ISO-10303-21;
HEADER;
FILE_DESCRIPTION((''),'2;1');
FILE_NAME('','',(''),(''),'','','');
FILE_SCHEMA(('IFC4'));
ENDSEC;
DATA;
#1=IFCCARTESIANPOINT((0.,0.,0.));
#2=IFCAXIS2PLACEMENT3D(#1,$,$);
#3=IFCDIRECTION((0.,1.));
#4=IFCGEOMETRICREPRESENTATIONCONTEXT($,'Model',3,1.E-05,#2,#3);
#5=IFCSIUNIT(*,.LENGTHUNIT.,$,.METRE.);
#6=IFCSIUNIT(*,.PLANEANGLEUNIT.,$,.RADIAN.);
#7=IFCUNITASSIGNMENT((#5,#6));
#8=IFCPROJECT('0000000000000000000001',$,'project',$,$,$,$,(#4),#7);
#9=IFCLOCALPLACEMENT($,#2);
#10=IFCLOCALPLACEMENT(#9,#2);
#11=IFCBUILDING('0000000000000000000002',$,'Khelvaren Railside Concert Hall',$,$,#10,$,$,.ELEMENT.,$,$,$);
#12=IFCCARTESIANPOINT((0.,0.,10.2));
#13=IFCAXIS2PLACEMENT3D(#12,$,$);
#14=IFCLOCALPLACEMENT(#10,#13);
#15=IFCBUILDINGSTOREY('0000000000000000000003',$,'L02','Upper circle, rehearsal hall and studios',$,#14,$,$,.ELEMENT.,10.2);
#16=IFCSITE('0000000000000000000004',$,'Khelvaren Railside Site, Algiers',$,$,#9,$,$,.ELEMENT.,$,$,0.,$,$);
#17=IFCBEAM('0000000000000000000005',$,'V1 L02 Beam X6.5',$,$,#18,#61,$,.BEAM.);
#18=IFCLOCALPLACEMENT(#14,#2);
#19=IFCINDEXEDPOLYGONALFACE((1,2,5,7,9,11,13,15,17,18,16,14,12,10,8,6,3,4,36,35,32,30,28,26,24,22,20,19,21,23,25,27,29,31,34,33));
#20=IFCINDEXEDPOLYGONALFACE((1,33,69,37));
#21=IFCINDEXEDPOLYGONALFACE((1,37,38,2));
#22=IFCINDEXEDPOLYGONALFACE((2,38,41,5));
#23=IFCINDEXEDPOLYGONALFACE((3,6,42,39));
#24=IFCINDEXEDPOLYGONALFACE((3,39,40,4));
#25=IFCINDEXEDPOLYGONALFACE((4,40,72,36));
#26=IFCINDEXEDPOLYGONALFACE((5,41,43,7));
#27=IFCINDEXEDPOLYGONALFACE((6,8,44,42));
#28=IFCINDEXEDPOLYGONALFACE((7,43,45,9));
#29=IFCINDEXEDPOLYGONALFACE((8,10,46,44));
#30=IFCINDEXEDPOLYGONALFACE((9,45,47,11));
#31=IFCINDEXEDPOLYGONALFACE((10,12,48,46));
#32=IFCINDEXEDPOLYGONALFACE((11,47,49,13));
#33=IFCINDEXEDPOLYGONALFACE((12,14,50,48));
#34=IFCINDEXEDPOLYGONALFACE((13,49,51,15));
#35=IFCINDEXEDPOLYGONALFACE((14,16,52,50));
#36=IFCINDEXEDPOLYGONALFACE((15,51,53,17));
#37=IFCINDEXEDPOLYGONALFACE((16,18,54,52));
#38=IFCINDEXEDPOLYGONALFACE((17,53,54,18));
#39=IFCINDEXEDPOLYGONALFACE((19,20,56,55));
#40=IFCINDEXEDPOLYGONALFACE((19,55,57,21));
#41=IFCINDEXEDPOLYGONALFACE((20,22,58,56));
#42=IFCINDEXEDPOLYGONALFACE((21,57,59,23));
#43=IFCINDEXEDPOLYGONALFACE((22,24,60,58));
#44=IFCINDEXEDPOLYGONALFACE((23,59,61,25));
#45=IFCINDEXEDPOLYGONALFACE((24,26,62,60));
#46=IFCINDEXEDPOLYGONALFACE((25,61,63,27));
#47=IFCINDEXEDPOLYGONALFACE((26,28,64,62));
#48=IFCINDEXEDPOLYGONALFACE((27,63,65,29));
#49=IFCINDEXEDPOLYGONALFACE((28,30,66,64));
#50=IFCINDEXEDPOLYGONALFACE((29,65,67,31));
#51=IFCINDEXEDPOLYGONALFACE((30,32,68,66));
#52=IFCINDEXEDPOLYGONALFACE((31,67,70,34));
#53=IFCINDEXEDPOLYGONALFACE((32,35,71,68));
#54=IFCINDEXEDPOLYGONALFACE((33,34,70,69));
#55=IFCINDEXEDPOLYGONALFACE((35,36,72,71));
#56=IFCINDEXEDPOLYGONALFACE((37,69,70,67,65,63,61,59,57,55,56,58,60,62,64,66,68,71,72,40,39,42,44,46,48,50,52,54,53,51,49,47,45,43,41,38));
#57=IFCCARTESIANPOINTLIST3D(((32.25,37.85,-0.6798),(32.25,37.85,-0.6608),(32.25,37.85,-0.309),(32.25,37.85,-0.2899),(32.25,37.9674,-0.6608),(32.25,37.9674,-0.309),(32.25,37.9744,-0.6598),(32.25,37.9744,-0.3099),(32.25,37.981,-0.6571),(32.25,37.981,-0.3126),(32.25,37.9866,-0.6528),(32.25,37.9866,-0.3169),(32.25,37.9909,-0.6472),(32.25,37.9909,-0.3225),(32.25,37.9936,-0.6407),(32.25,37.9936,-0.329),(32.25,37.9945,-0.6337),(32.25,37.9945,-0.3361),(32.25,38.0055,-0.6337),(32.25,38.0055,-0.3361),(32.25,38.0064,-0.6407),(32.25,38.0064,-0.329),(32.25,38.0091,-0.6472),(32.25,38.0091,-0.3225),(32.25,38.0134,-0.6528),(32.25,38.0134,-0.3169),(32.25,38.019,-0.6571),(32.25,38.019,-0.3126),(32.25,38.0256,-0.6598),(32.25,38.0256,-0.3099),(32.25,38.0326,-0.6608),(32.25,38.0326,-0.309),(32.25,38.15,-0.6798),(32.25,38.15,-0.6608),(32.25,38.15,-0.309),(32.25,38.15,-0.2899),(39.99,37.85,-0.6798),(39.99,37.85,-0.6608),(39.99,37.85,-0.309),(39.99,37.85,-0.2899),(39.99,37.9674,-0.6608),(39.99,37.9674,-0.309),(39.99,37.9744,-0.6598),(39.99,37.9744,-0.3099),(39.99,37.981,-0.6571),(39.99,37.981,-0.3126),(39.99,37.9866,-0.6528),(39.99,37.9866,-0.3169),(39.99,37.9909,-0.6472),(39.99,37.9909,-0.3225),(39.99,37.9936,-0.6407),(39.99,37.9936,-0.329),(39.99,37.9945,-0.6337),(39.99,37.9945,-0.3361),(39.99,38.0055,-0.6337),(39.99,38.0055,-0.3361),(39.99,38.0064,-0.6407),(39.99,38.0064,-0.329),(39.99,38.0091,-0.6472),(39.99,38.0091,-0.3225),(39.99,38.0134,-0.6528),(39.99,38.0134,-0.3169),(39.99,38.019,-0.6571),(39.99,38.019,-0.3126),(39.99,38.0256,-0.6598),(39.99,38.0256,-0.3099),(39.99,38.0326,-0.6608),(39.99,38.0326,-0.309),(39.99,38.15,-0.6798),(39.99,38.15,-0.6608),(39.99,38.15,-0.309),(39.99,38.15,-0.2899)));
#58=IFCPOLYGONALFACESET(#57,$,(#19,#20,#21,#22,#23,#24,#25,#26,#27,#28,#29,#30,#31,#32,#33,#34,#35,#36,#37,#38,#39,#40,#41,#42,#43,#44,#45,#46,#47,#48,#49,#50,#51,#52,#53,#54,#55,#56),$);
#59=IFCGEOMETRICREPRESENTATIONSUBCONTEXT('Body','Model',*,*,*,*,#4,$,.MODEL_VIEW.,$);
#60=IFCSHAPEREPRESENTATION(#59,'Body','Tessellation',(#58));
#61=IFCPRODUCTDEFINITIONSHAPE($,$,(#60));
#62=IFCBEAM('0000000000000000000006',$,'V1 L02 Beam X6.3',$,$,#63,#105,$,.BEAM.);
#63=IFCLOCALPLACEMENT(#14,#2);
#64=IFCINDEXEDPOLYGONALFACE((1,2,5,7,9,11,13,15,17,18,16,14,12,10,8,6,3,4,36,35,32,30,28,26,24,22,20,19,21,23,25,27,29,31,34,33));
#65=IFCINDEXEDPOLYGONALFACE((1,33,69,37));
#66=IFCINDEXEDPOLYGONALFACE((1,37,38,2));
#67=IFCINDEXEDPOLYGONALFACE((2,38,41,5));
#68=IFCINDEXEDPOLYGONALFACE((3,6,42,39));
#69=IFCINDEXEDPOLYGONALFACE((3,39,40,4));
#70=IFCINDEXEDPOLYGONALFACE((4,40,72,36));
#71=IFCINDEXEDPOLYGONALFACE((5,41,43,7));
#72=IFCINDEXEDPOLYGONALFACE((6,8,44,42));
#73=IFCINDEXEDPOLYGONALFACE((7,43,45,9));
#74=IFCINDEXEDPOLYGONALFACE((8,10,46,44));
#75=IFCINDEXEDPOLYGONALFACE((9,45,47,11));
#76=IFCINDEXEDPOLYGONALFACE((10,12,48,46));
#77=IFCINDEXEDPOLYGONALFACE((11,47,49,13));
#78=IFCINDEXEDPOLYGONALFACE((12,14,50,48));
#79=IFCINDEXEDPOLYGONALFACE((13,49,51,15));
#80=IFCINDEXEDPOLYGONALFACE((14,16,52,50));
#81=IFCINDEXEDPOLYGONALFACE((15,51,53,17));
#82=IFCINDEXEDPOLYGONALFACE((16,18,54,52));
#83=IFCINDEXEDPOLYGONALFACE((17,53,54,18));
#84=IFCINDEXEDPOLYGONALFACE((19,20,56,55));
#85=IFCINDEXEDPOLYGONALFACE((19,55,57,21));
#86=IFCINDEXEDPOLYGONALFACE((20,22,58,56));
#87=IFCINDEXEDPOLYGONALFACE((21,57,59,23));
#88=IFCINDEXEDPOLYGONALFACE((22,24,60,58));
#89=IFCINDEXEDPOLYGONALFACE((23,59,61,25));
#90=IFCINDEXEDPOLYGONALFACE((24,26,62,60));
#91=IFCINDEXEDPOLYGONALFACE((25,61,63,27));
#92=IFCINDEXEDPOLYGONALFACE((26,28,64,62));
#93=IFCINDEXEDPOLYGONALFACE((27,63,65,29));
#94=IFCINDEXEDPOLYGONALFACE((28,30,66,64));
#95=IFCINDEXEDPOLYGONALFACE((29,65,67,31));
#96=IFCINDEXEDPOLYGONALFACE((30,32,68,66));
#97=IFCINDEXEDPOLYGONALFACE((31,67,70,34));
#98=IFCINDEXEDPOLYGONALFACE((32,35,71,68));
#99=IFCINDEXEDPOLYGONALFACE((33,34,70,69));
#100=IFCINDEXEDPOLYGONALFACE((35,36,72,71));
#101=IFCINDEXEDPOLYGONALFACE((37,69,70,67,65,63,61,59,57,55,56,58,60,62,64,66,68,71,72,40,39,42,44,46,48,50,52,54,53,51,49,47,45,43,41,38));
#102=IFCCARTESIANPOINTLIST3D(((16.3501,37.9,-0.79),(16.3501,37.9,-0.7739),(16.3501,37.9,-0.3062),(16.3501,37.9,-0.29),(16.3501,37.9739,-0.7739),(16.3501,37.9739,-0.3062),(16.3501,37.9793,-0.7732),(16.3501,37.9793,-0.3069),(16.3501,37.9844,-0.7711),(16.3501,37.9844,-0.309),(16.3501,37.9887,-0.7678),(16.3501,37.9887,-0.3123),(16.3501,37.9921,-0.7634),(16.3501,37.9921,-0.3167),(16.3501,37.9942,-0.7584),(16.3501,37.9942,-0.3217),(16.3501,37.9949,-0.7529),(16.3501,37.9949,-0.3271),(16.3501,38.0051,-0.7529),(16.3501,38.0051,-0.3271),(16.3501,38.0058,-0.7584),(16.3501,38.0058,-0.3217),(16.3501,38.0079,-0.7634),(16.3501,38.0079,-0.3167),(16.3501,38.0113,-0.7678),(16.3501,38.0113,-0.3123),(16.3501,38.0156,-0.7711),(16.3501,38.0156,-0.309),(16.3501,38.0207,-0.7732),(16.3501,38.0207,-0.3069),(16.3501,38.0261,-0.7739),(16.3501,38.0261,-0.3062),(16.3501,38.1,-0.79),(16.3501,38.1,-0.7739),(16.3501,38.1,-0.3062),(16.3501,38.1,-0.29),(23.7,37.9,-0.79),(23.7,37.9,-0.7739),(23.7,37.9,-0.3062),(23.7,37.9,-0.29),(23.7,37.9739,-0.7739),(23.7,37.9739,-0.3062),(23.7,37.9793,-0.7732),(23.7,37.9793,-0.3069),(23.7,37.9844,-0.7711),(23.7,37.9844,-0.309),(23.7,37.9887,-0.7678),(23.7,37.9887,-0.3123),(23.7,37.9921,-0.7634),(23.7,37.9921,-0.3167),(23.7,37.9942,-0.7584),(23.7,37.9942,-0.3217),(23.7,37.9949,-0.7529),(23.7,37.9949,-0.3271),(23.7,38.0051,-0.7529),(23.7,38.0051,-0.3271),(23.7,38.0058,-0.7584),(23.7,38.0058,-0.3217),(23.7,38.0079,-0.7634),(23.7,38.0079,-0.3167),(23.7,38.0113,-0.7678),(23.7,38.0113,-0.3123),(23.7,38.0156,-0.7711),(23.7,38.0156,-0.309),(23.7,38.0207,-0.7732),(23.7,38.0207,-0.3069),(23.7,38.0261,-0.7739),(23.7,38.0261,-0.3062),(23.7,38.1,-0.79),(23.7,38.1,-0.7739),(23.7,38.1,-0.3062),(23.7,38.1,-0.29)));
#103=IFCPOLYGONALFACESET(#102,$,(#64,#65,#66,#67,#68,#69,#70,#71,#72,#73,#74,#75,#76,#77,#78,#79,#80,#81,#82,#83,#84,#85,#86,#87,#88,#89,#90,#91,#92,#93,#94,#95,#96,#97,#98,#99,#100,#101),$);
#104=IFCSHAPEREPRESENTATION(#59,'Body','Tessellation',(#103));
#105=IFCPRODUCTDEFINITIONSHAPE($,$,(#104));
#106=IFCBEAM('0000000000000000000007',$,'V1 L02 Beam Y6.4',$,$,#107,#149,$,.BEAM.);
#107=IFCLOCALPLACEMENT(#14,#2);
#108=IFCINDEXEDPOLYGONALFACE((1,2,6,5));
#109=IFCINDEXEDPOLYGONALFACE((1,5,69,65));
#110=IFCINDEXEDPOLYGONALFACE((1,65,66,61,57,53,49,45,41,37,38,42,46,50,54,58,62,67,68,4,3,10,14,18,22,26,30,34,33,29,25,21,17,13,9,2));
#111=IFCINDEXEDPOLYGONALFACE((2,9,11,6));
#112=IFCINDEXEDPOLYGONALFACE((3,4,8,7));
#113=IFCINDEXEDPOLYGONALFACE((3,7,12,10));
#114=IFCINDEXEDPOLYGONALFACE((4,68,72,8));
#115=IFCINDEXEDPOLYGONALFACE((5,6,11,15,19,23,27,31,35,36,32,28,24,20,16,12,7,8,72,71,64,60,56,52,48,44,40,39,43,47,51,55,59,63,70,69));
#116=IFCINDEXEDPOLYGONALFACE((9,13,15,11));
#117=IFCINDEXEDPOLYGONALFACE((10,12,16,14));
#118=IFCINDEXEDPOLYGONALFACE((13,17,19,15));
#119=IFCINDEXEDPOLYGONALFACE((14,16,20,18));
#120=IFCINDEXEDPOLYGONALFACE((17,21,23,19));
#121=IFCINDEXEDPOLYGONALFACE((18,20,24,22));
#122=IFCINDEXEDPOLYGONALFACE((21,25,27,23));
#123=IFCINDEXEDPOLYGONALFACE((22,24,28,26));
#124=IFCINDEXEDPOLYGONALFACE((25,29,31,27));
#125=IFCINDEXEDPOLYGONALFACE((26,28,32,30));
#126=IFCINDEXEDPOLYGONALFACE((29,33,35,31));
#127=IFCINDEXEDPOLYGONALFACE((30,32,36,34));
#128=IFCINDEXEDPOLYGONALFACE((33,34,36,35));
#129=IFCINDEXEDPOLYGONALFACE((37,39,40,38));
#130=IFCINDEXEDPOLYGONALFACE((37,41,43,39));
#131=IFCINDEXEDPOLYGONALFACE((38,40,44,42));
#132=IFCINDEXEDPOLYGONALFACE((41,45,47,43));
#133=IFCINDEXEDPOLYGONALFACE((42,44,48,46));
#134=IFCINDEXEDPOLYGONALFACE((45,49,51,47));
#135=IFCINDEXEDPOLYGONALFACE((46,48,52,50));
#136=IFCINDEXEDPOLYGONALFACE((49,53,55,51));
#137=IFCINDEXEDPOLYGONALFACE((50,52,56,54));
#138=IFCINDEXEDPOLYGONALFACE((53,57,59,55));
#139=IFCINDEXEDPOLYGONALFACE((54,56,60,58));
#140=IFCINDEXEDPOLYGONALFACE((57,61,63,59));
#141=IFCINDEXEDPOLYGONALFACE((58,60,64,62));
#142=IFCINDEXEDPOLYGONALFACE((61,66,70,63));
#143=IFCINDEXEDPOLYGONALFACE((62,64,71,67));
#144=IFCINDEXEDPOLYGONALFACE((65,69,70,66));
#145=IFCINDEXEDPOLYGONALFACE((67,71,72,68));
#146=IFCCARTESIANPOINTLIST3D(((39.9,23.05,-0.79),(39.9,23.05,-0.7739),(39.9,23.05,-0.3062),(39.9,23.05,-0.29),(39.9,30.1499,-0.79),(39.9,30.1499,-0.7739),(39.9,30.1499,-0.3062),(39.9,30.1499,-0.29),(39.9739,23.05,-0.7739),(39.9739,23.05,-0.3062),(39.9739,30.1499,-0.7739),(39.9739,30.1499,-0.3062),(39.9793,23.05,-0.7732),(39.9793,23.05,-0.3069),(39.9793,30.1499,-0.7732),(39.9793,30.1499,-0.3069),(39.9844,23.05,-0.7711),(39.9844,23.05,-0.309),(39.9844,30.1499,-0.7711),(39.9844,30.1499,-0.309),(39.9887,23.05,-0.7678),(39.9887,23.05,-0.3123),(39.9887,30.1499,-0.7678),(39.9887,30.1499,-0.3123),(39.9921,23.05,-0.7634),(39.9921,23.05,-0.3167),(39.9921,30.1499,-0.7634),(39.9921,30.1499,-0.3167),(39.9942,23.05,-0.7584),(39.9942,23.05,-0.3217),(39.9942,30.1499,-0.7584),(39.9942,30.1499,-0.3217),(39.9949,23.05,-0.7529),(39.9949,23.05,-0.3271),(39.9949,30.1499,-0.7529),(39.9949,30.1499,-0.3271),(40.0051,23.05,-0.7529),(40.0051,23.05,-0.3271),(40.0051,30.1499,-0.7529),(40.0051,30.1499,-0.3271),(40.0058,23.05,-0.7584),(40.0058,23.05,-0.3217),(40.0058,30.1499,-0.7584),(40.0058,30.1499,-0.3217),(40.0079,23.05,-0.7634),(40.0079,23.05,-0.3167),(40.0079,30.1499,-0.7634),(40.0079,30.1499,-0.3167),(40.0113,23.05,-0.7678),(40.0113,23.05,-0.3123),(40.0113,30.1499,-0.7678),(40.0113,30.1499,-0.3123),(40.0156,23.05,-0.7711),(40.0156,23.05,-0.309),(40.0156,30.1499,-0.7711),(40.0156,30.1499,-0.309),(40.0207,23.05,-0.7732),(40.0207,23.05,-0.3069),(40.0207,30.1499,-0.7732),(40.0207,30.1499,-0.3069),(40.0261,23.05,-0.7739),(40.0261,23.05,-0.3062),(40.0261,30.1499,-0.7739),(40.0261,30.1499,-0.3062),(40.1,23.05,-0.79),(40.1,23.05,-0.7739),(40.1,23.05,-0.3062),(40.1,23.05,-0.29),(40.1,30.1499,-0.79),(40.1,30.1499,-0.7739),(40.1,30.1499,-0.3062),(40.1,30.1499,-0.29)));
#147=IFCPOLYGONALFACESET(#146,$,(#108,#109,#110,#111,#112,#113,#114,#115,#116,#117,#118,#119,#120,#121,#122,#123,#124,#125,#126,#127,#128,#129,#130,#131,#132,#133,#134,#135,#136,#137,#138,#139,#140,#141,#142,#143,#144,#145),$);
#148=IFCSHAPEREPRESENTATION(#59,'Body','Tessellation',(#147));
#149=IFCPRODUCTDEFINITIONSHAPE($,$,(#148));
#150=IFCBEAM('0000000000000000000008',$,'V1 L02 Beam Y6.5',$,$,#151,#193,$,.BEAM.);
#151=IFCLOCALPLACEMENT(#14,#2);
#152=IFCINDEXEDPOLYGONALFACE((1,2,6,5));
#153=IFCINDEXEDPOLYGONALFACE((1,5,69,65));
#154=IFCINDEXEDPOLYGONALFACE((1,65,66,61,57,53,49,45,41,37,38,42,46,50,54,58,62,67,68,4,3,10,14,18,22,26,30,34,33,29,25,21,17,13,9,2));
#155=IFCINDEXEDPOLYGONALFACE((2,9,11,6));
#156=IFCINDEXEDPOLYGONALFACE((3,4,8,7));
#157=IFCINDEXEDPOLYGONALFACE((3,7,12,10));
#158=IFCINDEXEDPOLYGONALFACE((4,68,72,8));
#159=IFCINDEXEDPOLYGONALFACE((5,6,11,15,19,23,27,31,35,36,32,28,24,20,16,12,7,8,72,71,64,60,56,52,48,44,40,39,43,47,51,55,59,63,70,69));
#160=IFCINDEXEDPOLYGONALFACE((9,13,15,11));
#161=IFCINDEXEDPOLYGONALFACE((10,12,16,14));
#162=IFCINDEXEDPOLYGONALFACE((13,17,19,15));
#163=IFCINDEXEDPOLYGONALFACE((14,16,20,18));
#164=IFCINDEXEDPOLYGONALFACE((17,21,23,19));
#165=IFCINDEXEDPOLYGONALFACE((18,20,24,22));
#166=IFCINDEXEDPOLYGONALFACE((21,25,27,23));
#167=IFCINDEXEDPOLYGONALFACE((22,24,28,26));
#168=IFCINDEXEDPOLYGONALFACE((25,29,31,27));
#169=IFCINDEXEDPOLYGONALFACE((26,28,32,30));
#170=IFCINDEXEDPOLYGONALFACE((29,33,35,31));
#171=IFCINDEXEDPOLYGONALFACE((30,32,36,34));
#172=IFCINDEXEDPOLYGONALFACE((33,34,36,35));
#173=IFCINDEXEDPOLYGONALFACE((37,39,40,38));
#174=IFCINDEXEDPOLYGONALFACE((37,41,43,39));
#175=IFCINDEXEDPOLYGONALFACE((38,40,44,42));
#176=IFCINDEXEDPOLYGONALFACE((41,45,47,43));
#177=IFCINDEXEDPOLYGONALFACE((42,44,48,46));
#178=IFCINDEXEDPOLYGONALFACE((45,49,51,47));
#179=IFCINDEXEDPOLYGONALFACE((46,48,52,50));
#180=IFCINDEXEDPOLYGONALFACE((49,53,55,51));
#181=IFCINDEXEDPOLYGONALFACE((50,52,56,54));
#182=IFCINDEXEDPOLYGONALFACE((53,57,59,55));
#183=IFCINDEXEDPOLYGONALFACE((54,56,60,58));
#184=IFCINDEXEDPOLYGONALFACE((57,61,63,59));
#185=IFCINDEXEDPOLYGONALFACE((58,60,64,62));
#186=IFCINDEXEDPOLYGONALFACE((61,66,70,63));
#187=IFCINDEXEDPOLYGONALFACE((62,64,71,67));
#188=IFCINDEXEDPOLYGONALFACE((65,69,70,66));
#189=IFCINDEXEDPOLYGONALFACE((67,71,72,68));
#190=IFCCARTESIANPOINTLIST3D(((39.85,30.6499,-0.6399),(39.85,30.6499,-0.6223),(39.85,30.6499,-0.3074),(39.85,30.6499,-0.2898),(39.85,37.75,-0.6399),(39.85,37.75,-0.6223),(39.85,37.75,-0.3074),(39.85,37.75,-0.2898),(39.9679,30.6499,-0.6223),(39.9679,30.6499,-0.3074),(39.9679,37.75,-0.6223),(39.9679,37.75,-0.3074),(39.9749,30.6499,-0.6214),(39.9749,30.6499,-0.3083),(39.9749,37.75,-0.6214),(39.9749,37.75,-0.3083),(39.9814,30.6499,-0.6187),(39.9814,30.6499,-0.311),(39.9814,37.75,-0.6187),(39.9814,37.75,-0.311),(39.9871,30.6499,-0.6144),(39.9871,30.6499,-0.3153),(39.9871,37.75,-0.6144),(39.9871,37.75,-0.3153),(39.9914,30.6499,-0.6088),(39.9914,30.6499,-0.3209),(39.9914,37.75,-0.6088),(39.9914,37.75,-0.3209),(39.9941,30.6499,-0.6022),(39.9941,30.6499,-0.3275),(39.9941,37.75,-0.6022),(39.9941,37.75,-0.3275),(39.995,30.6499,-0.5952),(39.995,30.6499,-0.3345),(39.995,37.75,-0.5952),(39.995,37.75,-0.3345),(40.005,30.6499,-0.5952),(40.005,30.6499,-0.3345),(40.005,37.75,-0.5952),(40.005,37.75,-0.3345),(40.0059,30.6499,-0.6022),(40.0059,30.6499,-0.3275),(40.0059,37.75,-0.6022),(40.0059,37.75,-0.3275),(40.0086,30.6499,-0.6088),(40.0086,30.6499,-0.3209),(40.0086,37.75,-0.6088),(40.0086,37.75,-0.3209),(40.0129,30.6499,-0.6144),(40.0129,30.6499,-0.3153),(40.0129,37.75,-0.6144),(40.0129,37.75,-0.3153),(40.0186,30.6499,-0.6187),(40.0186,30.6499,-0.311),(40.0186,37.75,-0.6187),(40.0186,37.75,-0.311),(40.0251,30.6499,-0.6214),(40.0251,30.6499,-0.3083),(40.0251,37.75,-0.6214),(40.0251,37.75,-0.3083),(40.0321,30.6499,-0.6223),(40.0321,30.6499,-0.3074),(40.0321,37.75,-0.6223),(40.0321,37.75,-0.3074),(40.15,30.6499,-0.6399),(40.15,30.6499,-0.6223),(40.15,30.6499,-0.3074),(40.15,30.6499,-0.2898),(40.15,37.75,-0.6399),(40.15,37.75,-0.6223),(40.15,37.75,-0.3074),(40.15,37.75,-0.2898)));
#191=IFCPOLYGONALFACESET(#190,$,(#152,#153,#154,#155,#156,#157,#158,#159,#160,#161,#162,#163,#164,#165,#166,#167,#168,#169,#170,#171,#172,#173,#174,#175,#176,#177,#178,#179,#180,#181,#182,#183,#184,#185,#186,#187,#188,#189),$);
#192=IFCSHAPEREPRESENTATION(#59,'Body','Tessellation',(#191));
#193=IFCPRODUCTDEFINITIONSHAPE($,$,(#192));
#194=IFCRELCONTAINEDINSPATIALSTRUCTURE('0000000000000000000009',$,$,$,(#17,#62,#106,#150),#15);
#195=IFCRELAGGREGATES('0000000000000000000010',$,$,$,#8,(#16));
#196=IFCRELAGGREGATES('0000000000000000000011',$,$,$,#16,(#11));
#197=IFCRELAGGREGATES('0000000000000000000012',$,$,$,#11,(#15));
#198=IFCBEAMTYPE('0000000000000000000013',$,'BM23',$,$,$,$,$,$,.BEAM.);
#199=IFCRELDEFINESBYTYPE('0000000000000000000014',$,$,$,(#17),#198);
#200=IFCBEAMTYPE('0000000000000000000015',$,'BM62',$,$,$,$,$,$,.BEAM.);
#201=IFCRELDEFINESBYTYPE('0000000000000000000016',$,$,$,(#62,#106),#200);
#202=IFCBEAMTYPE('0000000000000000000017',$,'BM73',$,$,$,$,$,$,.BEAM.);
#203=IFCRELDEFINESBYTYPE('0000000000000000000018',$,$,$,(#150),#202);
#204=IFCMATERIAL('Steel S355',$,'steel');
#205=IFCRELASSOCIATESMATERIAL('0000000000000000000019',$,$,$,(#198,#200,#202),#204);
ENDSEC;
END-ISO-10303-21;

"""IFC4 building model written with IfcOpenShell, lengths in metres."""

from ifc_helpers import new_model, si_unit, direction, frame, origin, origin_2d, place, context, subcontext, project, spatial, i_section, extrude, material, material_profile, profile_set, type_object, element, save


model = new_model("IFC4")

# Units and contexts
model_context = context("Model", 3, precision=1e-05, world=origin(), true_north=direction((0.0, 1.0)))
body_context = subcontext(model_context, "Body", "Model", "MODEL_VIEW")
ifc_project = project(units=[si_unit("LENGTHUNIT", "METRE"), si_unit("PLANEANGLEUNIT", "RADIAN")], contexts=[model_context])

# Site, building, storey
site_placement = place(None, origin())
site = spatial("IfcSite", under=ifc_project, at=site_placement, Name="Khelvaren Railside Site, Algiers", CompositionType="ELEMENT", RefElevation=0.0)
building_placement = place(site_placement, origin())
building = spatial("IfcBuilding", under=site, at=building_placement, Name="Khelvaren Railside Concert Hall", CompositionType="ELEMENT")
storey_placement = place(building_placement, frame((0.0, 0.0, 10.2)))
storey = spatial("IfcBuildingStorey", under=building, at=storey_placement, Name="L02", Description="Upper circle, rehearsal hall and studios", CompositionType="ELEMENT", Elevation=10.2)

# Shared definitions
ifc_material_1 = material(Name="Steel S355", Category="steel")

# Beams
ifc_material_profile_1 = material_profile(ifc_material_1, i_section(OverallWidth=0.3, OverallDepth=0.3899, WebThickness=0.011, FlangeThickness=0.019, FilletRadius=0.0271, at=origin_2d()), Name="HEA 400")
ifc_profile_set_1 = profile_set([ifc_material_profile_1], Name="Steel S355")
beam_type_1 = type_object("IfcBeamType", Name="BM23", PredefinedType="BEAM", material=ifc_profile_set_1)
beam_1_placement = place(storey_placement, frame((32.25, 38.0, -0.4849), z_axis=(1.0, 0.0, 0.0), x_axis=(0.0, 1.0, 0.0)))
element("IfcBeam", 1, at=beam_1_placement, inside=storey, type_object=beam_type_1, Name="V1 L02 Beam X6.5", PredefinedType="BEAM", context=body_context, shape_type="SweptSolid", body=[
    extrude(i_section(OverallWidth=0.3, OverallDepth=0.3899, WebThickness=0.011, FlangeThickness=0.019, FilletRadius=0.0271, at=origin_2d()), origin(), (0.0, 0.0, 1.0), 7.74),
])
ifc_material_profile_2 = material_profile(ifc_material_1, i_section(OverallWidth=0.2, OverallDepth=0.5, WebThickness=0.0103, FlangeThickness=0.0161, FilletRadius=0.021, at=origin_2d()), Name="IPE 500")
ifc_profile_set_2 = profile_set([ifc_material_profile_2], Name="Steel S355")
beam_type_2 = type_object("IfcBeamType", Name="BM62", PredefinedType="BEAM", material=ifc_profile_set_2)
beam_2_placement = place(storey_placement, frame((16.3501, 38.0, -0.54), z_axis=(1.0, 0.0, 0.0), x_axis=(0.0, 1.0, 0.0)))
element("IfcBeam", 2, at=beam_2_placement, inside=storey, type_object=beam_type_2, Name="V1 L02 Beam X6.3", PredefinedType="BEAM", context=body_context, shape_type="SweptSolid", body=[
    extrude(i_section(OverallWidth=0.2, OverallDepth=0.5, WebThickness=0.0103, FlangeThickness=0.0161, FilletRadius=0.021, at=origin_2d()), origin(), (0.0, 0.0, 1.0), 7.3499),
])
beam_3_placement = place(storey_placement, frame((40.0, 23.05, -0.54), z_axis=(0.0, 1.0, 0.0), x_axis=(-1.0, 0.0, 0.0)))
element("IfcBeam", 3, at=beam_3_placement, inside=storey, type_object=beam_type_2, Name="V1 L02 Beam Y6.4", PredefinedType="BEAM", context=body_context, shape_type="SweptSolid", body=[
    extrude(i_section(OverallWidth=0.2, OverallDepth=0.5, WebThickness=0.0103, FlangeThickness=0.0161, FilletRadius=0.021, at=origin_2d()), origin(), (0.0, 0.0, 1.0), 7.0999),
])
ifc_material_profile_3 = material_profile(ifc_material_1, i_section(OverallWidth=0.3, OverallDepth=0.3501, WebThickness=0.01, FlangeThickness=0.0176, FilletRadius=0.0271, at=origin_2d()), Name="HEA 360")
ifc_profile_set_3 = profile_set([ifc_material_profile_3], Name="Steel S355")
beam_type_3 = type_object("IfcBeamType", Name="BM73", PredefinedType="BEAM", material=ifc_profile_set_3)
beam_4_placement = place(storey_placement, frame((40.0, 30.6499, -0.4648), z_axis=(0.0, 1.0, 0.0), x_axis=(-1.0, 0.0, 0.0)))
element("IfcBeam", 4, at=beam_4_placement, inside=storey, type_object=beam_type_3, Name="V1 L02 Beam Y6.5", PredefinedType="BEAM", context=body_context, shape_type="SweptSolid", body=[
    extrude(i_section(OverallWidth=0.3, OverallDepth=0.3501, WebThickness=0.01, FlangeThickness=0.0176, FilletRadius=0.0271, at=origin_2d()), origin(), (0.0, 0.0, 1.0), 7.1001),
])

save(model, "model.ifc")
